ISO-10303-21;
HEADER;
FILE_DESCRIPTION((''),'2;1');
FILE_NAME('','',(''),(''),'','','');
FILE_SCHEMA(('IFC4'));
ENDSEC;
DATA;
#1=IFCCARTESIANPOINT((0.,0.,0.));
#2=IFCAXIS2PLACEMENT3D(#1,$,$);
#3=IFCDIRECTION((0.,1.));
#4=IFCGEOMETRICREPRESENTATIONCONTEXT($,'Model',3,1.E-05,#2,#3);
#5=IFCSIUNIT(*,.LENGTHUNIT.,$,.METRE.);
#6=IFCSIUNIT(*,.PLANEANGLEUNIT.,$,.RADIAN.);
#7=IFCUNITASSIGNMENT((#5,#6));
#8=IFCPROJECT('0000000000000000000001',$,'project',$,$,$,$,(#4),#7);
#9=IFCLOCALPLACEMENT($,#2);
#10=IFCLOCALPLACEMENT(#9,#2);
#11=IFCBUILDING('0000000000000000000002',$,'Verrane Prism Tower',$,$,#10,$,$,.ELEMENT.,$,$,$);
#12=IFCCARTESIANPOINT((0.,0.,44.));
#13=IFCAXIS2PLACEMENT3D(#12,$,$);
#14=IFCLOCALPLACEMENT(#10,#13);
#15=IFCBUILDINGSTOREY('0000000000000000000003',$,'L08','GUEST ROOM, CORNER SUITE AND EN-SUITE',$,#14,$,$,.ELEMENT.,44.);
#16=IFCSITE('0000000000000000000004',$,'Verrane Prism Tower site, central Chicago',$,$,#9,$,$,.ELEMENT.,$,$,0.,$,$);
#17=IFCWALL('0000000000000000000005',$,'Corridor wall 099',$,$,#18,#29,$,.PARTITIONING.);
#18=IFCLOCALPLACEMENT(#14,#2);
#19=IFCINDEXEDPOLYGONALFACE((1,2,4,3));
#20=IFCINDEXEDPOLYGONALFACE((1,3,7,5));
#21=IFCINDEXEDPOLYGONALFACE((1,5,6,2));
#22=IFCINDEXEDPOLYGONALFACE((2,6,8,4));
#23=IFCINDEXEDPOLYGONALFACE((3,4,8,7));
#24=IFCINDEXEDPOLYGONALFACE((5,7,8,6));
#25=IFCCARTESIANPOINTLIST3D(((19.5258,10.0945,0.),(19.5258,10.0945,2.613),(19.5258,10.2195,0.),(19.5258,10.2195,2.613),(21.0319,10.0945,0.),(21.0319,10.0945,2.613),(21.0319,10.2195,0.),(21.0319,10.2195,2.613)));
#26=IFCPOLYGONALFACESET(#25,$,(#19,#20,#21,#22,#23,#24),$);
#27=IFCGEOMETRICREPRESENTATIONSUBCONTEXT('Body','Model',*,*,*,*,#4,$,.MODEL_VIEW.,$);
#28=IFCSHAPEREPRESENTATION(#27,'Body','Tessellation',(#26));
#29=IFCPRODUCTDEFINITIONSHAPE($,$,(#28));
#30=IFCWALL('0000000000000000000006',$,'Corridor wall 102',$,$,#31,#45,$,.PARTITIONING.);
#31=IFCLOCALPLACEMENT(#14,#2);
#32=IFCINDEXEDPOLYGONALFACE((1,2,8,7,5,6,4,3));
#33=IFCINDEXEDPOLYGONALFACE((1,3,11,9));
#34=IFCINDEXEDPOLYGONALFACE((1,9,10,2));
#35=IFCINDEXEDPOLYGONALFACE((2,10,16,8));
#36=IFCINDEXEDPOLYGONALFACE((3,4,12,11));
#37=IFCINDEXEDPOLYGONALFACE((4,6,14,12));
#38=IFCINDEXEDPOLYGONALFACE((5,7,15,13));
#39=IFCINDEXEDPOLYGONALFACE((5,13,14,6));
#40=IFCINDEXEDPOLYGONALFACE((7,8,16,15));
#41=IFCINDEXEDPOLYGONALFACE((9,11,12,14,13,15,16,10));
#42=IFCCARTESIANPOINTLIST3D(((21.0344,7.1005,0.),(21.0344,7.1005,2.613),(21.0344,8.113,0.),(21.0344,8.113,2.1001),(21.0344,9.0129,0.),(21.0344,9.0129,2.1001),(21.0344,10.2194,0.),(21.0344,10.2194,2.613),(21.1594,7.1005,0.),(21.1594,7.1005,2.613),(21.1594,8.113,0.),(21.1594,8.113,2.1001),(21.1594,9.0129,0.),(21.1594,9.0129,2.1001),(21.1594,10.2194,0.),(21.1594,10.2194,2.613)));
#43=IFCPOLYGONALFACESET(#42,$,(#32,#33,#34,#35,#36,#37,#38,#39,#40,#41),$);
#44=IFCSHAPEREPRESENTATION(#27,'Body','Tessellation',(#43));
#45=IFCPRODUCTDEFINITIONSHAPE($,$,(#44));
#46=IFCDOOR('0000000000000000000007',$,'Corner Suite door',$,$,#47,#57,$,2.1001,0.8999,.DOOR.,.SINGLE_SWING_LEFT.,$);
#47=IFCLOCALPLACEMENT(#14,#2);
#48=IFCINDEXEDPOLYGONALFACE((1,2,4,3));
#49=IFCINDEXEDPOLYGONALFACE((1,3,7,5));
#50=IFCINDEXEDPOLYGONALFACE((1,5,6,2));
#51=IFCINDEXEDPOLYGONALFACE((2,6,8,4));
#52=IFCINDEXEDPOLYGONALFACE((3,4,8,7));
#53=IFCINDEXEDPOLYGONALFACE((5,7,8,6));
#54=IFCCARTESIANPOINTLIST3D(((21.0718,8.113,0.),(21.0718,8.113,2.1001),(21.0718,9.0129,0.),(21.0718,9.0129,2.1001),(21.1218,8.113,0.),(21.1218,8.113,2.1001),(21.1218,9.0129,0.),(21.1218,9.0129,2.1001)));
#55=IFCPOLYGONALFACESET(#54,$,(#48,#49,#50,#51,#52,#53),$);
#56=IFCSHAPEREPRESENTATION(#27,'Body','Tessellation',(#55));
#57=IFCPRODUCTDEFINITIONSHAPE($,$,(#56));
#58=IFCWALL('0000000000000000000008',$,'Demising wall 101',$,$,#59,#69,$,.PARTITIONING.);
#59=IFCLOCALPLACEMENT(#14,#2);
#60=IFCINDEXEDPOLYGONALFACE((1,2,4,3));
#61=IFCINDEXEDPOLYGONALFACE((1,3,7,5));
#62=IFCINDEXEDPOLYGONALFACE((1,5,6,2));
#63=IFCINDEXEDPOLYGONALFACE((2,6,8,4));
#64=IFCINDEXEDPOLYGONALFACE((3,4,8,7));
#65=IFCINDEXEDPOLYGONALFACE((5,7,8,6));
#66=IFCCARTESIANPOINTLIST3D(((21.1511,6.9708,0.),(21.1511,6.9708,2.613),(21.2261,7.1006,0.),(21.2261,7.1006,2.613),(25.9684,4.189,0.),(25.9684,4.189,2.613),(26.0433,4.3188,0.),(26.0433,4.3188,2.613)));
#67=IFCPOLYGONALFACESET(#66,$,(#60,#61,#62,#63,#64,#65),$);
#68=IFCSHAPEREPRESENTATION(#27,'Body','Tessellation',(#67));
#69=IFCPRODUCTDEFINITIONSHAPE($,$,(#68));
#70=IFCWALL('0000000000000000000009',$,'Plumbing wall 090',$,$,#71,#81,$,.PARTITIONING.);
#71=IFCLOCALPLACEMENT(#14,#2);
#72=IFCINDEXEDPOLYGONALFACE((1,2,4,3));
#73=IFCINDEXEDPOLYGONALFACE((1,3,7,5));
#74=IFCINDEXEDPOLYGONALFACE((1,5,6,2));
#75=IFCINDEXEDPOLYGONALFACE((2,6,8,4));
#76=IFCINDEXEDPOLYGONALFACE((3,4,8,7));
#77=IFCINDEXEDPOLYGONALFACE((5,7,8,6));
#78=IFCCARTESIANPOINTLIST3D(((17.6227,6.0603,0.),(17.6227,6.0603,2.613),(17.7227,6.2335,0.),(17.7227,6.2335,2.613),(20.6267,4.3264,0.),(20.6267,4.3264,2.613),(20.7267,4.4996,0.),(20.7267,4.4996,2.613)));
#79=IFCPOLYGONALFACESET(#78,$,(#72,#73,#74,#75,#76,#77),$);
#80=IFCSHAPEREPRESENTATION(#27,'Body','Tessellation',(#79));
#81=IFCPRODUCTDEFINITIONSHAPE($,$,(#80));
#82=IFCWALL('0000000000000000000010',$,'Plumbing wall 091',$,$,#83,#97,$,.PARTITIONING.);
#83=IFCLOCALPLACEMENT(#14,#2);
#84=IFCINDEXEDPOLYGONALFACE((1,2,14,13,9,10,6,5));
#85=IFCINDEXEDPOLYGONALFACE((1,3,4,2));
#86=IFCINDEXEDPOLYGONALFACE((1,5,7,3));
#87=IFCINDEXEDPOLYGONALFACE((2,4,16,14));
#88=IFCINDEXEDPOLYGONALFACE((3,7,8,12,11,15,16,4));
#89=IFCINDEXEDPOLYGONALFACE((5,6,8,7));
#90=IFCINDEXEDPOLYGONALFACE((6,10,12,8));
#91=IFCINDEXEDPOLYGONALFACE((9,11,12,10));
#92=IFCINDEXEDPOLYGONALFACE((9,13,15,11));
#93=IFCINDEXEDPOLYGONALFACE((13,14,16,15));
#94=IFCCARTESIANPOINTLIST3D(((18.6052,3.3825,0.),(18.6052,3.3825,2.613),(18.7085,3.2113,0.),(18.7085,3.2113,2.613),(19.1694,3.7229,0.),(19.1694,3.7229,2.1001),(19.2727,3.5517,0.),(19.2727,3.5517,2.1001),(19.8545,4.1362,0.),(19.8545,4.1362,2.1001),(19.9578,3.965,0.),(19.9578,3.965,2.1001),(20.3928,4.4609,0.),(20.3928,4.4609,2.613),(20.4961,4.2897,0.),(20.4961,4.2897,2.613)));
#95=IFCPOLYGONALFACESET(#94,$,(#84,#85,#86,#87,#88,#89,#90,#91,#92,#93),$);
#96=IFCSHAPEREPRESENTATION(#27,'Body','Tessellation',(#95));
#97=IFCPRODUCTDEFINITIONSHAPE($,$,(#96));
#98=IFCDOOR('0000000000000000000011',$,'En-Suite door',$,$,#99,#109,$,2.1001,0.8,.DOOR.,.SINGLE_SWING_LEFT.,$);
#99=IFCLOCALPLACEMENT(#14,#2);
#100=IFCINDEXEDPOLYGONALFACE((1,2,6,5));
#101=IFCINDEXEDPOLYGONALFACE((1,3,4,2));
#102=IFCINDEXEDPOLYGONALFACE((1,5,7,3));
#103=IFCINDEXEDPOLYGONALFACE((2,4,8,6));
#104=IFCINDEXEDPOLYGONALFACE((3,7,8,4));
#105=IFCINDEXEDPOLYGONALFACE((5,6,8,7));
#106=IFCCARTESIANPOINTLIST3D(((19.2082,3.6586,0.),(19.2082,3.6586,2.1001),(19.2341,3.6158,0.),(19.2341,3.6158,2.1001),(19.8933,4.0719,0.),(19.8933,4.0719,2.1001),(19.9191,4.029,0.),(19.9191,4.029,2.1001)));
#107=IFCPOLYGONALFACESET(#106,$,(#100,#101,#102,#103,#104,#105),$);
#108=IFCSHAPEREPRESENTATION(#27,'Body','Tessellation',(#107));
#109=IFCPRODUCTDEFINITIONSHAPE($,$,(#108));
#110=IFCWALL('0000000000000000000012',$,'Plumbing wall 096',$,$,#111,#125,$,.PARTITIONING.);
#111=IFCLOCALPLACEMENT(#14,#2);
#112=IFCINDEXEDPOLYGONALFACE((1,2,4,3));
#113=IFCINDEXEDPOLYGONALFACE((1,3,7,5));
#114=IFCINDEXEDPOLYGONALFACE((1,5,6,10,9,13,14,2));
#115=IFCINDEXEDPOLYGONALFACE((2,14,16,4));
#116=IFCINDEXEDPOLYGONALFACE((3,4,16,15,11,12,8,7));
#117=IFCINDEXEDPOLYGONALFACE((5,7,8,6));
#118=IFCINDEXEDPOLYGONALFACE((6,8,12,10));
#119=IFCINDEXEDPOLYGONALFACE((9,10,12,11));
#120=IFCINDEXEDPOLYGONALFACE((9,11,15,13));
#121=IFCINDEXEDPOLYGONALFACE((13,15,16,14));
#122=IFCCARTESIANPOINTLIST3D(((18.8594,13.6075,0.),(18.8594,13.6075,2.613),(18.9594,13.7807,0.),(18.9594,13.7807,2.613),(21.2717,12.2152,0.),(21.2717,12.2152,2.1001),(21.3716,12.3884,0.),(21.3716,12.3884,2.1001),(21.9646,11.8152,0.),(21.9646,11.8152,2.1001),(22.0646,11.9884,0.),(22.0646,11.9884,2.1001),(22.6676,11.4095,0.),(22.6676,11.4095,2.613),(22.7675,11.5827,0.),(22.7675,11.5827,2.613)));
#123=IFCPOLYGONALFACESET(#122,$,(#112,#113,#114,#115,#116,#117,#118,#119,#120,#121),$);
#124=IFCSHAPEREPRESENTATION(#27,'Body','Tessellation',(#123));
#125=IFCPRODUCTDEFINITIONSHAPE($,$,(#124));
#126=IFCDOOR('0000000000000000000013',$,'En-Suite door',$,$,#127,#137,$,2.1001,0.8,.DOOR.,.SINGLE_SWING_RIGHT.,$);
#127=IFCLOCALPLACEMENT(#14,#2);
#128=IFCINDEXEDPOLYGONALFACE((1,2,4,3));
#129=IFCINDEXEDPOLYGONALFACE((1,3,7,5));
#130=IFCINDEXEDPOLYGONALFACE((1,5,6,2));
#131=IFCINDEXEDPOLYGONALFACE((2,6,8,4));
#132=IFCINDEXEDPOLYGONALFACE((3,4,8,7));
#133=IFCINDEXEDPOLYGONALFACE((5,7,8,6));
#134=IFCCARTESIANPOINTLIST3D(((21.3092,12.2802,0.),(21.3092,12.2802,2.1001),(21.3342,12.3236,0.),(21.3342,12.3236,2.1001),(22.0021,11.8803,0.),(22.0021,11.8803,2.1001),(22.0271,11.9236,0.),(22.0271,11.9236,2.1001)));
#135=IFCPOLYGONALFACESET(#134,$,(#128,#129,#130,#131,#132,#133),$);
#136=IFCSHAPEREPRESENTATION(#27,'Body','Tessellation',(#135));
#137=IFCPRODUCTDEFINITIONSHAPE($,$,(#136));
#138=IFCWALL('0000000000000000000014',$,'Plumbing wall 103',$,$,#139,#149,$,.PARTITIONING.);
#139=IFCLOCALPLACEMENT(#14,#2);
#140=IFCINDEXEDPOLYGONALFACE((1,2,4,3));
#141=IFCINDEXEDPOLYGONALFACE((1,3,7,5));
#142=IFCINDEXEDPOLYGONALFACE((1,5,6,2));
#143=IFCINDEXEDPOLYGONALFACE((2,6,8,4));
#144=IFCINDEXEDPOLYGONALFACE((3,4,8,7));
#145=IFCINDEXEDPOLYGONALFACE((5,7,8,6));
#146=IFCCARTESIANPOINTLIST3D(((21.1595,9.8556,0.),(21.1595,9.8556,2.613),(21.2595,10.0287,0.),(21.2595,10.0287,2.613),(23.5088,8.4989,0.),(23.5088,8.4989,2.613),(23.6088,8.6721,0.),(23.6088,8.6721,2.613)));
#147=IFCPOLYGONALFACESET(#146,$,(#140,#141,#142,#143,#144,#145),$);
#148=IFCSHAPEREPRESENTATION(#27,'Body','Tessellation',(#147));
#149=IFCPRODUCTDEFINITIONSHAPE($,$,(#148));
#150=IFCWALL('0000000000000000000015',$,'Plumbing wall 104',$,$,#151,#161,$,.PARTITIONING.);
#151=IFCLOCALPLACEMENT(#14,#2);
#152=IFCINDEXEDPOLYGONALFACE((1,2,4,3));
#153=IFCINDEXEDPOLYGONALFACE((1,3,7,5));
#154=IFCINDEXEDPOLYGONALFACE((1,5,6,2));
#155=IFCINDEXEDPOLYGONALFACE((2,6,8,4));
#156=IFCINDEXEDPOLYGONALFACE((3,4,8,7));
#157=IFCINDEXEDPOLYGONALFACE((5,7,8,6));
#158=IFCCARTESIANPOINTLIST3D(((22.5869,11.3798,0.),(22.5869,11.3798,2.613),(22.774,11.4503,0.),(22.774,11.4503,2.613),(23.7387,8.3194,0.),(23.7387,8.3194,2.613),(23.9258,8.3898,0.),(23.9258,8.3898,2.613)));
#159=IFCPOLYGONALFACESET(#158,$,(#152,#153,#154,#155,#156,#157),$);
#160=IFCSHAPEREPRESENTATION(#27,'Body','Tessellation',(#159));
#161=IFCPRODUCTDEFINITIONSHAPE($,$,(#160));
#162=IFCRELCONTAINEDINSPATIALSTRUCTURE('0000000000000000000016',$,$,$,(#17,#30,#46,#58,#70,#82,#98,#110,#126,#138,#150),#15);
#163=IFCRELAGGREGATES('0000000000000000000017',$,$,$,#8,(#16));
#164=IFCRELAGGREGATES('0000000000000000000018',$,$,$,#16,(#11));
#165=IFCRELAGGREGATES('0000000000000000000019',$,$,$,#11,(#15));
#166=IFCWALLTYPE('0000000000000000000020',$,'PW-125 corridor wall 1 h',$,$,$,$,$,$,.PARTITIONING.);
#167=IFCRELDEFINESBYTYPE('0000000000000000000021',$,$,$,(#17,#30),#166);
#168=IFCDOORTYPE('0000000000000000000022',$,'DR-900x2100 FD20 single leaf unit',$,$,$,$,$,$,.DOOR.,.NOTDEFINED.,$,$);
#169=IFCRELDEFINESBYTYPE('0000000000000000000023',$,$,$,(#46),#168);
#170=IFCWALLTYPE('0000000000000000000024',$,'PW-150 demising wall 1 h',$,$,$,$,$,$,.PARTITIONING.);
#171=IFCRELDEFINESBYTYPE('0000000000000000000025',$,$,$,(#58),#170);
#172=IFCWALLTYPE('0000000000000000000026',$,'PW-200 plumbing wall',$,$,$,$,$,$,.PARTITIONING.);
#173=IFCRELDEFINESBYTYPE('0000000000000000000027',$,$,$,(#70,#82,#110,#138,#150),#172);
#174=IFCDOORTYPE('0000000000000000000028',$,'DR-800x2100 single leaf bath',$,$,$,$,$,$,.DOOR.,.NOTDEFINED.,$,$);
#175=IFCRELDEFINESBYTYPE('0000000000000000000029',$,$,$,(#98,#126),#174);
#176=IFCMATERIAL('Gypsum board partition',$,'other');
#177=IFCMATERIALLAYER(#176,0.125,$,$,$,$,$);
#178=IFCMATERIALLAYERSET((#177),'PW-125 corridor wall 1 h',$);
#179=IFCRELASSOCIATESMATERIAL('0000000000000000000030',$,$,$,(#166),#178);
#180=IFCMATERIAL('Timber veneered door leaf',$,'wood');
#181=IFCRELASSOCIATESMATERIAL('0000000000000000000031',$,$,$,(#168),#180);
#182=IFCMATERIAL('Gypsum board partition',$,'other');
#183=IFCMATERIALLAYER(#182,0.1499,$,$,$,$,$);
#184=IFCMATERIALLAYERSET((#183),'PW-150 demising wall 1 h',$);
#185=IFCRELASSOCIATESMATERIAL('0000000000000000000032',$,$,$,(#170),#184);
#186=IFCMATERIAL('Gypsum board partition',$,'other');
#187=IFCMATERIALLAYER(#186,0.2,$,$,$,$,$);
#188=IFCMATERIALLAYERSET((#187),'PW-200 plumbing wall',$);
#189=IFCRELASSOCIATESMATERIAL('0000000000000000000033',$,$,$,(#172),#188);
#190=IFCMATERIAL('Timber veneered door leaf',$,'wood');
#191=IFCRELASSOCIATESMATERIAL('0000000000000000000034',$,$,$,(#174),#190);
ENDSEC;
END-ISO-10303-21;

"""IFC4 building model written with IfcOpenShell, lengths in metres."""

from ifc_helpers import new_model, si_unit, direction, frame, frame_2d, origin, place, context, subcontext, project, spatial, rectangle, extrude, material, layer, layer_set, type_object, element, fill, save


model = new_model("IFC4")

# Units and contexts
model_context = context("Model", 3, precision=1e-05, world=origin(), true_north=direction((0.0, 1.0)))
body_context = subcontext(model_context, "Body", "Model", "MODEL_VIEW")
ifc_project = project(units=[si_unit("LENGTHUNIT", "METRE"), si_unit("PLANEANGLEUNIT", "RADIAN")], contexts=[model_context])

# Site, building, storey
site_placement = place(None, origin())
site = spatial("IfcSite", under=ifc_project, at=site_placement, Name="Verrane Prism Tower site, central Chicago", CompositionType="ELEMENT", RefElevation=0.0)
building_placement = place(site_placement, origin())
building = spatial("IfcBuilding", under=site, at=building_placement, Name="Verrane Prism Tower", CompositionType="ELEMENT")
storey_placement = place(building_placement, frame((0.0, 0.0, 44.0)))
storey = spatial("IfcBuildingStorey", under=building, at=storey_placement, Name="L08", Description="GUEST ROOM, CORNER SUITE AND EN-SUITE", CompositionType="ELEMENT", Elevation=44.0)

# Shared definitions
ifc_material_1 = material(Name="Gypsum board partition", Category="other")
ifc_layer_1 = layer(ifc_material_1, 0.125)
ifc_layer_set_1 = layer_set([ifc_layer_1], Name="PW-125 corridor wall 1 h")
wall_type_1 = type_object("IfcWallType", Name="PW-125 corridor wall 1 h", PredefinedType="PARTITIONING", material=ifc_layer_set_1)
ifc_material_2 = material(Name="Timber veneered door leaf", Category="wood")
door_type_1 = type_object("IfcDoorType", Name="DR-900x2100 FD20 single leaf unit", OperationType="NOTDEFINED", PredefinedType="DOOR", material=ifc_material_2)

# Wall
wall_1_placement = place(storey_placement, frame((19.5259, 10.157, 0.0), z_axis=(0.0, 0.0, 1.0), x_axis=(1.0, 0.0, 0.0)))
element("IfcWall", 1, at=wall_1_placement, inside=storey, type_object=wall_type_1, Name="Corridor wall 099", PredefinedType="PARTITIONING", context=body_context, shape_type="SweptSolid", body=[
    extrude(rectangle(XDim=1.5061, YDim=0.125, at=frame_2d((0.7529, 0.0))), origin(), (0.0, 0.0, 1.0), 2.613),
])

# Wall, opening, door
wall_2_placement = place(storey_placement, frame((21.0969, 10.2195, 0.0), z_axis=(0.0, 0.0, 1.0), x_axis=(0.0, -1.0, 0.0)))
wall_2 = element("IfcWall", 2, at=wall_2_placement, inside=storey, type_object=wall_type_1, Name="Corridor wall 102", PredefinedType="PARTITIONING", context=body_context, shape_type="SweptSolid", body=[
    extrude(rectangle(XDim=3.1189, YDim=0.125, at=frame_2d((1.5596, 0.0))), origin(), (0.0, 0.0, 1.0), 2.613),
])
opening_1_placement = place(wall_2_placement, frame((1.2065, 0.0, 0.0)))
opening_1 = element("IfcOpeningElement", 3, at=opening_1_placement, cuts=wall_2, PredefinedType="OPENING", context=body_context, shape_type="SweptSolid", body=[
    extrude(rectangle(XDim=0.8999, YDim=2.1001, at=frame_2d((0.45, 1.05))), frame((0.0, 0.0725, 0.0), z_axis=(0.0, -1.0, 0.0), x_axis=(1.0, 0.0, 0.0)), (0.0, 0.0, 1.0), 0.145),
])
door_1_placement = place(opening_1_placement, origin())
door_1 = element("IfcDoor", 4, at=door_1_placement, inside=storey, type_object=door_type_1, Name="Corner Suite door", OperationType="SINGLE_SWING_LEFT", OverallHeight=2.1001, OverallWidth=0.8999, PredefinedType="DOOR", context=body_context, shape_type="SweptSolid", body=[
    extrude(rectangle(XDim=0.8999, YDim=2.1001, at=frame_2d((0.45, 1.05))), frame((0.0, 0.0249, 0.0), z_axis=(0.0, -1.0, 0.0), x_axis=(1.0, 0.0, 0.0)), (0.0, 0.0, 1.0), 0.05),
])
fill(opening_1, door_1)

# Walls
ifc_material_3 = material(Name="Gypsum board partition", Category="other")
ifc_layer_2 = layer(ifc_material_3, 0.1499)
ifc_layer_set_2 = layer_set([ifc_layer_2], Name="PW-150 demising wall 1 h")
wall_type_2 = type_object("IfcWallType", Name="PW-150 demising wall 1 h", PredefinedType="PARTITIONING", material=ifc_layer_set_2)
wall_3_placement = place(storey_placement, frame((21.1887, 7.0356, 0.0), z_axis=(0.0, 0.0, 1.0), x_axis=(0.865982, -0.500076, 0.0)))
element("IfcWall", 5, at=wall_3_placement, inside=storey, type_object=wall_type_2, Name="Demising wall 101", PredefinedType="PARTITIONING", context=body_context, shape_type="SweptSolid", body=[
    extrude(rectangle(XDim=5.5627, YDim=0.1499, at=frame_2d((2.7812, 0.0))), origin(), (0.0, 0.0, 1.0), 2.613),
])
ifc_material_4 = material(Name="Gypsum board partition", Category="other")
ifc_layer_3 = layer(ifc_material_4, 0.2)
ifc_layer_set_3 = layer_set([ifc_layer_3], Name="PW-200 plumbing wall")
wall_type_3 = type_object("IfcWallType", Name="PW-200 plumbing wall", PredefinedType="PARTITIONING", material=ifc_layer_set_3)
wall_4_placement = place(storey_placement, frame((17.6726, 6.147, 0.0), z_axis=(0.0, 0.0, 1.0), x_axis=(0.866078, -0.499909, 0.0)))
element("IfcWall", 6, at=wall_4_placement, inside=storey, type_object=wall_type_3, Name="Plumbing wall 090", PredefinedType="PARTITIONING", context=body_context, shape_type="SweptSolid", body=[
    extrude(rectangle(XDim=3.4685, YDim=0.2, at=frame_2d((1.7344, 0.0))), origin(), (0.0, 0.0, 1.0), 2.613),
])

# Walls, openings, doors
wall_5_placement = place(storey_placement, frame((18.6567, 3.2969, 0.0), z_axis=(0.0, 0.0, 1.0), x_axis=(0.856263, 0.516541, 0.0)))
wall_5 = element("IfcWall", 7, at=wall_5_placement, inside=storey, type_object=wall_type_3, Name="Plumbing wall 091", PredefinedType="PARTITIONING", context=body_context, shape_type="SweptSolid", body=[
    extrude(rectangle(XDim=2.0876, YDim=0.2, at=frame_2d((1.0439, 0.0))), origin(), (0.0, 0.0, 1.0), 2.613),
])
opening_2_placement = place(wall_5_placement, frame((0.6592, 0.0, 0.0)))
opening_2 = element("IfcOpeningElement", 8, at=opening_2_placement, cuts=wall_5, PredefinedType="OPENING", context=body_context, shape_type="SweptSolid", body=[
    extrude(rectangle(XDim=0.8, YDim=2.1001, at=frame_2d((0.3999, 1.05))), frame((0.0, 0.1099, 0.0), z_axis=(0.0, -1.0, 0.0), x_axis=(1.0, 0.0, 0.0)), (0.0, 0.0, 1.0), 0.22),
])
ifc_material_5 = material(Name="Timber veneered door leaf", Category="wood")
door_type_2 = type_object("IfcDoorType", Name="DR-800x2100 single leaf bath", OperationType="NOTDEFINED", PredefinedType="DOOR", material=ifc_material_5)
door_2_placement = place(opening_2_placement, origin())
door_2 = element("IfcDoor", 9, at=door_2_placement, inside=storey, type_object=door_type_2, Name="En-Suite door", OperationType="SINGLE_SWING_LEFT", OverallHeight=2.1001, OverallWidth=0.8, PredefinedType="DOOR", context=body_context, shape_type="SweptSolid", body=[
    extrude(rectangle(XDim=0.8, YDim=2.1001, at=frame_2d((0.3999, 1.05))), frame((0.0, 0.0249, 0.0), z_axis=(0.0, -1.0, 0.0), x_axis=(1.0, 0.0, 0.0)), (0.0, 0.0, 1.0), 0.05),
])
fill(opening_2, door_2)
wall_6_placement = place(storey_placement, frame((22.7175, 11.4961, 0.0), z_axis=(0.0, 0.0, 1.0), x_axis=(-0.866086, 0.499895, 0.0)))
wall_6 = element("IfcWall", 10, at=wall_6_placement, inside=storey, type_object=wall_type_3, Name="Plumbing wall 096", PredefinedType="PARTITIONING", context=body_context, shape_type="SweptSolid", body=[
    extrude(rectangle(XDim=4.397, YDim=0.2, at=frame_2d((2.1985, 0.0))), origin(), (0.0, 0.0, 1.0), 2.613),
])
opening_3_placement = place(wall_6_placement, frame((0.8118, 0.0, 0.0)))
opening_3 = element("IfcOpeningElement", 11, at=opening_3_placement, cuts=wall_6, PredefinedType="OPENING", context=body_context, shape_type="SweptSolid", body=[
    extrude(rectangle(XDim=0.8, YDim=2.1001, at=frame_2d((0.3999, 1.05))), frame((0.0, 0.1099, 0.0), z_axis=(0.0, -1.0, 0.0), x_axis=(1.0, 0.0, 0.0)), (0.0, 0.0, 1.0), 0.22),
])
door_3_placement = place(opening_3_placement, origin())
door_3 = element("IfcDoor", 12, at=door_3_placement, inside=storey, type_object=door_type_2, Name="En-Suite door", OperationType="SINGLE_SWING_RIGHT", OverallHeight=2.1001, OverallWidth=0.8, PredefinedType="DOOR", context=body_context, shape_type="SweptSolid", body=[
    extrude(rectangle(XDim=0.8, YDim=2.1001, at=frame_2d((0.3999, 1.05))), frame((0.0, 0.0249, 0.0), z_axis=(0.0, -1.0, 0.0), x_axis=(1.0, 0.0, 0.0)), (0.0, 0.0, 1.0), 0.05),
])
fill(opening_3, door_3)

# Walls
wall_7_placement = place(storey_placement, frame((21.2095, 9.9421, 0.0), z_axis=(0.0, 0.0, 1.0), x_axis=(0.86598, -0.500078, 0.0)))
element("IfcWall", 13, at=wall_7_placement, inside=storey, type_object=wall_type_3, Name="Plumbing wall 103", PredefinedType="PARTITIONING", context=body_context, shape_type="SweptSolid", body=[
    extrude(rectangle(XDim=2.7129, YDim=0.2, at=frame_2d((1.3564, 0.0))), origin(), (0.0, 0.0, 1.0), 2.613),
])
wall_8_placement = place(storey_placement, frame((22.6804, 11.415, 0.0), z_axis=(0.0, 0.0, 1.0), x_axis=(0.352236, -0.935911, 0.0)))
element("IfcWall", 14, at=wall_8_placement, inside=storey, type_object=wall_type_3, Name="Plumbing wall 104", PredefinedType="PARTITIONING", context=body_context, shape_type="SweptSolid", body=[
    extrude(rectangle(XDim=3.27, YDim=0.2, at=frame_2d((1.635, 0.0))), origin(), (0.0, 0.0, 1.0), 2.613),
])

save(model, "model.ifc")
